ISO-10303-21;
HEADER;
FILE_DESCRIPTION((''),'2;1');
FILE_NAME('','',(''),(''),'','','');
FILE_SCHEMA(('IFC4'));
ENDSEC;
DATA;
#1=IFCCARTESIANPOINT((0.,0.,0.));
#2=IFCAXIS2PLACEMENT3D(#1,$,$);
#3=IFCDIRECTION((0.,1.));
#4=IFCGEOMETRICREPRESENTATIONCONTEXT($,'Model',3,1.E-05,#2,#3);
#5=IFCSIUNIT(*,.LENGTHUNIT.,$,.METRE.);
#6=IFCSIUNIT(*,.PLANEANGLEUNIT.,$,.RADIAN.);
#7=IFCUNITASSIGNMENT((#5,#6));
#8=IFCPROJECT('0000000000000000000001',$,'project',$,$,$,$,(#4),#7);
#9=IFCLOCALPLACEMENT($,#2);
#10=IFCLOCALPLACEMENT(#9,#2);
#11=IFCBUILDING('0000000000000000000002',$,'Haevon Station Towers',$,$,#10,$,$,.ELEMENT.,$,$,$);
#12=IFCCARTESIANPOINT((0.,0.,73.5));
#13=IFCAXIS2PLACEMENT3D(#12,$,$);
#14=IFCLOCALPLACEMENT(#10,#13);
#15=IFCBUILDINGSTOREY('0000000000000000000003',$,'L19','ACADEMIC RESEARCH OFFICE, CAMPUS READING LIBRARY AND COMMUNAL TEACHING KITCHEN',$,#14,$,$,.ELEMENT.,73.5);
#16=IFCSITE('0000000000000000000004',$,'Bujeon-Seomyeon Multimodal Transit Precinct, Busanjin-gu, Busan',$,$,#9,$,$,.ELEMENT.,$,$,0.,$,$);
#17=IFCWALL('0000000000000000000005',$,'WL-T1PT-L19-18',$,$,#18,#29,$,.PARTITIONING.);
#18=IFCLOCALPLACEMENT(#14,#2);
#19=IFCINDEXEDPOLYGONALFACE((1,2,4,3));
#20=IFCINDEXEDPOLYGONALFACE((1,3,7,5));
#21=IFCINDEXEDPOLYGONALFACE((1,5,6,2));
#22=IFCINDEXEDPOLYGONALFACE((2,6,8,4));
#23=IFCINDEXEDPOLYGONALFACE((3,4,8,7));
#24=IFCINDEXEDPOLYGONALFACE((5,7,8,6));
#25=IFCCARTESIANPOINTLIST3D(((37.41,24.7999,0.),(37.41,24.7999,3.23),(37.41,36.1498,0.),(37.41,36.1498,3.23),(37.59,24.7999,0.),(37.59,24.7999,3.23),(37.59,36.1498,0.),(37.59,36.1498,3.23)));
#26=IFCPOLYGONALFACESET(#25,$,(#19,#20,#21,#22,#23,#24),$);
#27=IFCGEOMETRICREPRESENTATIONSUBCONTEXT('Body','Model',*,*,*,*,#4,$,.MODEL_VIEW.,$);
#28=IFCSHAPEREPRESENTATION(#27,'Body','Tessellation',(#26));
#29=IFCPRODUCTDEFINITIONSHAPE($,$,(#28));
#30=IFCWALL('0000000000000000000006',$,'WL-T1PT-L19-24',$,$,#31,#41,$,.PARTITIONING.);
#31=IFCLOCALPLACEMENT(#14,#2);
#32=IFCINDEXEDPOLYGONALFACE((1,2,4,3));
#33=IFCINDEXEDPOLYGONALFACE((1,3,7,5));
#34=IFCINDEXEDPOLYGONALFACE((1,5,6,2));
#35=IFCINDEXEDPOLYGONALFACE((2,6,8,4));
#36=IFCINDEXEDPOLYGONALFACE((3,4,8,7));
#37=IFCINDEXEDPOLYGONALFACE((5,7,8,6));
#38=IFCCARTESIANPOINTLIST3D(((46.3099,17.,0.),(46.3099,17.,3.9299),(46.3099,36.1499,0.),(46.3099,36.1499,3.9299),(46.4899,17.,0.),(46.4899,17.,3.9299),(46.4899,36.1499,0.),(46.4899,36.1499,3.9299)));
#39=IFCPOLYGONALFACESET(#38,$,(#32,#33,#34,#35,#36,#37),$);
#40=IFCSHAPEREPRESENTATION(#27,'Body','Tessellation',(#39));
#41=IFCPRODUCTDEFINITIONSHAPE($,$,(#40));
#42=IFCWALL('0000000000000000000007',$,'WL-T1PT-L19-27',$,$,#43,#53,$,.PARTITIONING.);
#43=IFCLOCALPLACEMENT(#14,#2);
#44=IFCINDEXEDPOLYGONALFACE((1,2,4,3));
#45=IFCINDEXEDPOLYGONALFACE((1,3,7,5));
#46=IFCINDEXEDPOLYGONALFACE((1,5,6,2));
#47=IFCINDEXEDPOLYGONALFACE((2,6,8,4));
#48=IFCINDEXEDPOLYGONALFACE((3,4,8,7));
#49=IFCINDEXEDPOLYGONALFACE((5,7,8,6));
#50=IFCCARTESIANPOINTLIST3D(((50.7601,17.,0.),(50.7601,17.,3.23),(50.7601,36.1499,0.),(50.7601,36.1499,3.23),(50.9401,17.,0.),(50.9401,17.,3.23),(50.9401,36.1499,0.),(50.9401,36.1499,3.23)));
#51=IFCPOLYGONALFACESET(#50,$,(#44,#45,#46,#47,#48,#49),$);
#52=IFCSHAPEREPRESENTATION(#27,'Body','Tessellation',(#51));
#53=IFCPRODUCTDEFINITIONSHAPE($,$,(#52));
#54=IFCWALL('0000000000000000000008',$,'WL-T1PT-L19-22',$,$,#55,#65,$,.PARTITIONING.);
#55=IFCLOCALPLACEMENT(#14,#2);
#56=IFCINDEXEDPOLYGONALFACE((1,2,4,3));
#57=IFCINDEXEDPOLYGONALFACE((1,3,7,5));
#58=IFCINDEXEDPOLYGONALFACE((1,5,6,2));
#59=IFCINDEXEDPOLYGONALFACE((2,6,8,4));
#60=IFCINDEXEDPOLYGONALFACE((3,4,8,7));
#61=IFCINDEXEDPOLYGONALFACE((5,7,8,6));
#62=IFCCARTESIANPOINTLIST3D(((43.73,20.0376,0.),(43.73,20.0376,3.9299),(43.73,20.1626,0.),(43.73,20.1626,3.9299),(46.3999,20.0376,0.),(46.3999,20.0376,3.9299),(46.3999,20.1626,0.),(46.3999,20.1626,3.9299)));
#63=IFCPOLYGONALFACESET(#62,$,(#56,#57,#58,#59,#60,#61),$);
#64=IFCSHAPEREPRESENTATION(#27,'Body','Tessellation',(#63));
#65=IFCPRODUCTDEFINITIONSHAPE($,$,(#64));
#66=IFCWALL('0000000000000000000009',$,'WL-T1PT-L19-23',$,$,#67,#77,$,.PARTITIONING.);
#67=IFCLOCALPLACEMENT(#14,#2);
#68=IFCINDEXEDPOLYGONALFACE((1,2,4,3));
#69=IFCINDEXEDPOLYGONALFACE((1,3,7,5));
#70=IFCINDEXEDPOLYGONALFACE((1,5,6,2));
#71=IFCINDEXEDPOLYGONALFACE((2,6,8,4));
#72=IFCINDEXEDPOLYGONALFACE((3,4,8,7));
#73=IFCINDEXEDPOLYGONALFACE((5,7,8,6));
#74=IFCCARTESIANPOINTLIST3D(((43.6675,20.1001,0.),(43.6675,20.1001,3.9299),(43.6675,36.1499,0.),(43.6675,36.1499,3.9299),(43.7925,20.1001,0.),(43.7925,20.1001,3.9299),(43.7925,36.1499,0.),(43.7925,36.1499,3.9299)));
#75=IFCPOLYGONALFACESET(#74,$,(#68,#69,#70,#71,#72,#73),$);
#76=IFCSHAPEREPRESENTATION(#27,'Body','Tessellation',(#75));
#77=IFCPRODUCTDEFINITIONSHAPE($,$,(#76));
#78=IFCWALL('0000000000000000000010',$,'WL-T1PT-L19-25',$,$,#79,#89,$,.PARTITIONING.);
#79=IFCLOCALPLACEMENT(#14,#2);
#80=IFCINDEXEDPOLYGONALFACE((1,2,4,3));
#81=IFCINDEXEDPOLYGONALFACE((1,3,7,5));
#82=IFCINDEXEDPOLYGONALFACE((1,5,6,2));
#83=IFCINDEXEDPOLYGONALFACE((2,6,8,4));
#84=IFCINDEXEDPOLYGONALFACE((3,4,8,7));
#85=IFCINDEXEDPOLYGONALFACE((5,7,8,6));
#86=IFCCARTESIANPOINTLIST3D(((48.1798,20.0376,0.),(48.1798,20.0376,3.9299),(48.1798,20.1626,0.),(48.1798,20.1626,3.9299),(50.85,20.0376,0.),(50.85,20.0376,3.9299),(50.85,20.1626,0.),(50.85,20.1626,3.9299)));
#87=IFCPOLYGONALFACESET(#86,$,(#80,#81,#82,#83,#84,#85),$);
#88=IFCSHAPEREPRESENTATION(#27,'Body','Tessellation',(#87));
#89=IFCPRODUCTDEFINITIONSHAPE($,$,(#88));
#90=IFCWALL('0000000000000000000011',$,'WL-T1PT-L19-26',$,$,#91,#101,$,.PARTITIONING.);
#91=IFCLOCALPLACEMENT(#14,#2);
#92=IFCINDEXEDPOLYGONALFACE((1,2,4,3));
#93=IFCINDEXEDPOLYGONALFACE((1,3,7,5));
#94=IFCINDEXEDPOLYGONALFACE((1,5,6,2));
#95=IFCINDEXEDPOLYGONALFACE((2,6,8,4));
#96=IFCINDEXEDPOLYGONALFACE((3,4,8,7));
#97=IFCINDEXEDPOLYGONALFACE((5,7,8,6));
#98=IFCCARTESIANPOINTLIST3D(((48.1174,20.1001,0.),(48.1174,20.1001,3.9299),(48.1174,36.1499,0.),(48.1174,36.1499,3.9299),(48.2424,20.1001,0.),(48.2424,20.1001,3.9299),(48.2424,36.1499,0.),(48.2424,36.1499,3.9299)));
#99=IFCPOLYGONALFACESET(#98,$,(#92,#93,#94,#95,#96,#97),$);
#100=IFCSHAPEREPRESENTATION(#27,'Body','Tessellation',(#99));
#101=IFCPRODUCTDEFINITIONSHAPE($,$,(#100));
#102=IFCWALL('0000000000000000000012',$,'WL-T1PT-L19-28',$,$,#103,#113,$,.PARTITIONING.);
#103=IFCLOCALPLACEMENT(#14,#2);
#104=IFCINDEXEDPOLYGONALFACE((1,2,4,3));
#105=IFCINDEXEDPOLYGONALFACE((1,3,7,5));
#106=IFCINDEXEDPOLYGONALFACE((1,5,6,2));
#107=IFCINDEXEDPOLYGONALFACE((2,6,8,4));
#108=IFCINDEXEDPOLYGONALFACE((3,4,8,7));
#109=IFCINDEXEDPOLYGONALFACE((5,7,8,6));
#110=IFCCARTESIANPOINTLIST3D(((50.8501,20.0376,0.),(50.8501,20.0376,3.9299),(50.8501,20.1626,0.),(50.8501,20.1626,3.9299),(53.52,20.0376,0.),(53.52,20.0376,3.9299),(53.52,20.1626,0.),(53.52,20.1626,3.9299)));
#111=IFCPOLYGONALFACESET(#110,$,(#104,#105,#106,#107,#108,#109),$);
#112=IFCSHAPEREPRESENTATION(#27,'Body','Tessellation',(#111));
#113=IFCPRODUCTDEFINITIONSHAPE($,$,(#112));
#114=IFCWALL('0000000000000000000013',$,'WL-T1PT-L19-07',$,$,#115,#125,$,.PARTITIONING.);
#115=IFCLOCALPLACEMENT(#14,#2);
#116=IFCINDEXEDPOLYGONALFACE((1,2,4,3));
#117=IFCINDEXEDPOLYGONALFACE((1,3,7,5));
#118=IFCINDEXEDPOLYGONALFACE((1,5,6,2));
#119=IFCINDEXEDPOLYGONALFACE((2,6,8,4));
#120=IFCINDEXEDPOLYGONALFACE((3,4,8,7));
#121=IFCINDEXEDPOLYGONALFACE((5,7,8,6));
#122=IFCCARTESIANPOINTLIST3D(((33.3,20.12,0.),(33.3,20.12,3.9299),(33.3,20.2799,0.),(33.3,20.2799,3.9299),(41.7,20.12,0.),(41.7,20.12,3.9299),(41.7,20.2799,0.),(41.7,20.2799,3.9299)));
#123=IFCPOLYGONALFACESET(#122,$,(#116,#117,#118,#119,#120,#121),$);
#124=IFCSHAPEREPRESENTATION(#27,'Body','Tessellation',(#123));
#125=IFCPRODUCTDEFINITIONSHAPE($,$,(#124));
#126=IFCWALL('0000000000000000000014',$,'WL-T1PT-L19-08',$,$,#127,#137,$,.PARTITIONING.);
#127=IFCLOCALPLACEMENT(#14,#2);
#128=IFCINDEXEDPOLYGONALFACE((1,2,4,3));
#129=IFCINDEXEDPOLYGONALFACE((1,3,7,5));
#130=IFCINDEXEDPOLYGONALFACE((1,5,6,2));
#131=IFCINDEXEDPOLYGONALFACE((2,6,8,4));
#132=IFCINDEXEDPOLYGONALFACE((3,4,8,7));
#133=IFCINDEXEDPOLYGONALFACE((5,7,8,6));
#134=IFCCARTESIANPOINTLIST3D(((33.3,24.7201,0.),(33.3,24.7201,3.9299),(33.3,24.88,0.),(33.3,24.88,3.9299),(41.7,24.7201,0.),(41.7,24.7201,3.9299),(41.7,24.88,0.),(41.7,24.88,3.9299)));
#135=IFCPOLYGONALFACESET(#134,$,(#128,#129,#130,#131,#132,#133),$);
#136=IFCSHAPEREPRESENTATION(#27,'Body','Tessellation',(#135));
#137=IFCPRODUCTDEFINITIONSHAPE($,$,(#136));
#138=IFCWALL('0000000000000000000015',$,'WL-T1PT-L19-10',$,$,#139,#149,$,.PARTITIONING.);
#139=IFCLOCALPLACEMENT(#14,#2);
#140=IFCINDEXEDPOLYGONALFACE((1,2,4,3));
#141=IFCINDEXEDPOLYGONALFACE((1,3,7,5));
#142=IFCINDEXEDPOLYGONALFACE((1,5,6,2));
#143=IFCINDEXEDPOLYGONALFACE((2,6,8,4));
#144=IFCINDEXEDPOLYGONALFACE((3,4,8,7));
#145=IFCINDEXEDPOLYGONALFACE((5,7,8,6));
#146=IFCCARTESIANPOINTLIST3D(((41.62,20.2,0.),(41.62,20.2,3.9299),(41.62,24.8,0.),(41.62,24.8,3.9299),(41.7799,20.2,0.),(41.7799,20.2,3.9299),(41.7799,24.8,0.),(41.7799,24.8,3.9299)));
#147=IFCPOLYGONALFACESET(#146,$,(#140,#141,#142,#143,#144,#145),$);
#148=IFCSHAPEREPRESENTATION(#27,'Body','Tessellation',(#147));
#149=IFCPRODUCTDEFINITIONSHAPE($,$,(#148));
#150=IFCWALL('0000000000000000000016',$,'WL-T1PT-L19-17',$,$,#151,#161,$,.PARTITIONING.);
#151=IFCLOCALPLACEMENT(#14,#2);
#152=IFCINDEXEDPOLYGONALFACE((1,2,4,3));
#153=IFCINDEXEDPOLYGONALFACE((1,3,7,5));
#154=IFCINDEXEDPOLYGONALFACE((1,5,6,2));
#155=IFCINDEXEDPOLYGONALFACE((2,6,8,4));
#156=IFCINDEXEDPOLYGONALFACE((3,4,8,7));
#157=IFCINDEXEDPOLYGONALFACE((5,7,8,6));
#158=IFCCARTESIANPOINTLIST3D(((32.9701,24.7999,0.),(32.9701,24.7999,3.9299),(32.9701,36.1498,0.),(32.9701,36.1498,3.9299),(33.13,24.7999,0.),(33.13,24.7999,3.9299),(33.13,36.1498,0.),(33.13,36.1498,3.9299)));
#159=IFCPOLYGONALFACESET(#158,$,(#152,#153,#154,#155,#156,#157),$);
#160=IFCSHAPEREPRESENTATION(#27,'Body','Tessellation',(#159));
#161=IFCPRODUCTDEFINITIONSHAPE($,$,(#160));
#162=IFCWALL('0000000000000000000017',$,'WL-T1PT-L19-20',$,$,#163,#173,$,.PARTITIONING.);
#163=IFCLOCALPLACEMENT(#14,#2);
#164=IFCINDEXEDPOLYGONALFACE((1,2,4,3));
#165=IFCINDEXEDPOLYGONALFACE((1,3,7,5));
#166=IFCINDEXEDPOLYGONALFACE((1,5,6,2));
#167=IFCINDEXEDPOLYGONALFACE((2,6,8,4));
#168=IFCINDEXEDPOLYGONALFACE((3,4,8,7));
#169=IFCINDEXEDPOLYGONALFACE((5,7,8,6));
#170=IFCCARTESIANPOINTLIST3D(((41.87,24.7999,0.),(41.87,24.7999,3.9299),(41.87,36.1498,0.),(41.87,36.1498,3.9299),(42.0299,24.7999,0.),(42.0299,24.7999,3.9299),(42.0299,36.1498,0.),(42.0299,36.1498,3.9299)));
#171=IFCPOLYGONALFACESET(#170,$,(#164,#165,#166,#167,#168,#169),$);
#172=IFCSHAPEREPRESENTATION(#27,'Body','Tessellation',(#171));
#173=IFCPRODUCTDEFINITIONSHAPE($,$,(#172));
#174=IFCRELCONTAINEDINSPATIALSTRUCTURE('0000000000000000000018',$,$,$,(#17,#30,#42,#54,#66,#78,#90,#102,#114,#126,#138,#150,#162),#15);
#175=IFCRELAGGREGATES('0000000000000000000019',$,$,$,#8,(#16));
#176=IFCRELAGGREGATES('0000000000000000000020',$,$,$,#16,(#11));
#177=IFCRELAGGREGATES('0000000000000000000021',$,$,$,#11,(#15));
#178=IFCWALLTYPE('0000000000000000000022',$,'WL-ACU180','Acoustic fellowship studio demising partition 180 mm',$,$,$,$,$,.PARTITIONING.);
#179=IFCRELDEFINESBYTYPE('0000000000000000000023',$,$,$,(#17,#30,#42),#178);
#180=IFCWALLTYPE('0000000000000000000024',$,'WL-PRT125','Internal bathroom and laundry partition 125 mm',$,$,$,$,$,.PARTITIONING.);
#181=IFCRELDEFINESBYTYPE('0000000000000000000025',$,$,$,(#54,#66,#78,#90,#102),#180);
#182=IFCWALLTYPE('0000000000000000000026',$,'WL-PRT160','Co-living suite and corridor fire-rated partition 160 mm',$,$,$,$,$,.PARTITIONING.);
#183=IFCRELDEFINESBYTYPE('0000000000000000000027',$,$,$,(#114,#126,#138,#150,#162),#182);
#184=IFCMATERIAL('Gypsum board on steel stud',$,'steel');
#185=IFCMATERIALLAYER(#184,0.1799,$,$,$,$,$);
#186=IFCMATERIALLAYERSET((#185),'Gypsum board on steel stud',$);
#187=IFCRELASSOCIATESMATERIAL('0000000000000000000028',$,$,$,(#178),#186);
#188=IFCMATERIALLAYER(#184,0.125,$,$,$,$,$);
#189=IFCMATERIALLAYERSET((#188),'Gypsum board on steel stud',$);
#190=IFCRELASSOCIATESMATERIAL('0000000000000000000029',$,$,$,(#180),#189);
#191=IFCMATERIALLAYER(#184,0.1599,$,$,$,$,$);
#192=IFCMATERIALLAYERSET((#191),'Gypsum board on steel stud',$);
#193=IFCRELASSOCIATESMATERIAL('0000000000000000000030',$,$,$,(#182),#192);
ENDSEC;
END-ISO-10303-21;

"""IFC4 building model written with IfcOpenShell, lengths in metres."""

from ifc_helpers import new_model, si_unit, direction, frame, frame_2d, origin, place, context, subcontext, project, spatial, rectangle, extrude, material, layer, layer_set, type_object, element, save


model = new_model("IFC4")

# Units and contexts
model_context = context("Model", 3, precision=1e-05, world=origin(), true_north=direction((0.0, 1.0)))
body_context = subcontext(model_context, "Body", "Model", "MODEL_VIEW")
ifc_project = project(units=[si_unit("LENGTHUNIT", "METRE"), si_unit("PLANEANGLEUNIT", "RADIAN")], contexts=[model_context])

# Site, building, storey
site_placement = place(None, origin())
site = spatial("IfcSite", under=ifc_project, at=site_placement, Name="Bujeon-Seomyeon Multimodal Transit Precinct, Busanjin-gu, Busan", CompositionType="ELEMENT", RefElevation=0.0)
building_placement = place(site_placement, origin())
building = spatial("IfcBuilding", under=site, at=building_placement, Name="Haevon Station Towers", CompositionType="ELEMENT")
storey_placement = place(building_placement, frame((0.0, 0.0, 73.5)))
storey = spatial("IfcBuildingStorey", under=building, at=storey_placement, Name="L19", Description="ACADEMIC RESEARCH OFFICE, CAMPUS READING LIBRARY AND COMMUNAL TEACHING KITCHEN", CompositionType="ELEMENT", Elevation=73.5)

# Walls
ifc_material_1 = material(Name="Gypsum board on steel stud", Category="steel")
ifc_layer_1 = layer(ifc_material_1, 0.1799)
ifc_layer_set_1 = layer_set([ifc_layer_1], Name="Gypsum board on steel stud")
wall_type_1 = type_object("IfcWallType", Name="WL-ACU180", Description="Acoustic fellowship studio demising partition 180 mm", PredefinedType="PARTITIONING", material=ifc_layer_set_1)
wall_1_placement = place(storey_placement, frame((37.5, 24.8, 0.0), z_axis=(0.0, 0.0, 1.0), x_axis=(0.0, 1.0, 0.0)))
element("IfcWall", 1, at=wall_1_placement, inside=storey, type_object=wall_type_1, Name="WL-T1PT-L19-18", PredefinedType="PARTITIONING", context=body_context, shape_type="SweptSolid", body=[
    extrude(rectangle(XDim=11.3499, YDim=0.1799, at=frame_2d((5.6748, 0.0))), origin(), (0.0, 0.0, 1.0), 3.23),
])
wall_2_placement = place(storey_placement, frame((46.3999, 17.0, 0.0), z_axis=(0.0, 0.0, 1.0), x_axis=(0.0, 1.0, 0.0)))
element("IfcWall", 2, at=wall_2_placement, inside=storey, type_object=wall_type_1, Name="WL-T1PT-L19-24", PredefinedType="PARTITIONING", context=body_context, shape_type="SweptSolid", body=[
    extrude(rectangle(XDim=19.1499, YDim=0.1799, at=frame_2d((9.575, 0.0))), origin(), (0.0, 0.0, 1.0), 3.9299),
])
wall_3_placement = place(storey_placement, frame((50.8501, 17.0, 0.0), z_axis=(0.0, 0.0, 1.0), x_axis=(0.0, 1.0, 0.0)))
element("IfcWall", 3, at=wall_3_placement, inside=storey, type_object=wall_type_1, Name="WL-T1PT-L19-27", PredefinedType="PARTITIONING", context=body_context, shape_type="SweptSolid", body=[
    extrude(rectangle(XDim=19.1499, YDim=0.1799, at=frame_2d((9.575, 0.0))), origin(), (0.0, 0.0, 1.0), 3.23),
])
ifc_layer_2 = layer(ifc_material_1, 0.125)
ifc_layer_set_2 = layer_set([ifc_layer_2], Name="Gypsum board on steel stud")
wall_type_2 = type_object("IfcWallType", Name="WL-PRT125", Description="Internal bathroom and laundry partition 125 mm", PredefinedType="PARTITIONING", material=ifc_layer_set_2)
wall_4_placement = place(storey_placement, frame((43.73, 20.1001, 0.0), z_axis=(0.0, 0.0, 1.0), x_axis=(1.0, 0.0, 0.0)))
element("IfcWall", 4, at=wall_4_placement, inside=storey, type_object=wall_type_2, Name="WL-T1PT-L19-22", PredefinedType="PARTITIONING", context=body_context, shape_type="SweptSolid", body=[
    extrude(rectangle(XDim=2.6699, YDim=0.125, at=frame_2d((1.335, 0.0))), origin(), (0.0, 0.0, 1.0), 3.9299),
])
wall_5_placement = place(storey_placement, frame((43.73, 20.1001, 0.0), z_axis=(0.0, 0.0, 1.0), x_axis=(0.0, 1.0, 0.0)))
element("IfcWall", 5, at=wall_5_placement, inside=storey, type_object=wall_type_2, Name="WL-T1PT-L19-23", PredefinedType="PARTITIONING", context=body_context, shape_type="SweptSolid", body=[
    extrude(rectangle(XDim=16.0498, YDim=0.125, at=frame_2d((8.0249, 0.0))), origin(), (0.0, 0.0, 1.0), 3.9299),
])
wall_6_placement = place(storey_placement, frame((48.1799, 20.1001, 0.0), z_axis=(0.0, 0.0, 1.0), x_axis=(1.0, 0.0, 0.0)))
element("IfcWall", 6, at=wall_6_placement, inside=storey, type_object=wall_type_2, Name="WL-T1PT-L19-25", PredefinedType="PARTITIONING", context=body_context, shape_type="SweptSolid", body=[
    extrude(rectangle(XDim=2.6702, YDim=0.125, at=frame_2d((1.335, 0.0))), origin(), (0.0, 0.0, 1.0), 3.9299),
])
wall_7_placement = place(storey_placement, frame((48.1799, 20.1001, 0.0), z_axis=(0.0, 0.0, 1.0), x_axis=(0.0, 1.0, 0.0)))
element("IfcWall", 7, at=wall_7_placement, inside=storey, type_object=wall_type_2, Name="WL-T1PT-L19-26", PredefinedType="PARTITIONING", context=body_context, shape_type="SweptSolid", body=[
    extrude(rectangle(XDim=16.0498, YDim=0.125, at=frame_2d((8.0249, 0.0))), origin(), (0.0, 0.0, 1.0), 3.9299),
])
wall_8_placement = place(storey_placement, frame((50.8501, 20.1001, 0.0), z_axis=(0.0, 0.0, 1.0), x_axis=(1.0, 0.0, 0.0)))
element("IfcWall", 8, at=wall_8_placement, inside=storey, type_object=wall_type_2, Name="WL-T1PT-L19-28", PredefinedType="PARTITIONING", context=body_context, shape_type="SweptSolid", body=[
    extrude(rectangle(XDim=2.6699, YDim=0.125, at=frame_2d((1.335, 0.0))), origin(), (0.0, 0.0, 1.0), 3.9299),
])
ifc_layer_3 = layer(ifc_material_1, 0.1599)
ifc_layer_set_3 = layer_set([ifc_layer_3], Name="Gypsum board on steel stud")
wall_type_3 = type_object("IfcWallType", Name="WL-PRT160", Description="Co-living suite and corridor fire-rated partition 160 mm", PredefinedType="PARTITIONING", material=ifc_layer_set_3)
for number, where, z_axis, x_axis, name in (
    (9, (33.3, 20.2, 0.0), (0.0, 0.0, 1.0), (1.0, 0.0, 0.0), "WL-T1PT-L19-07"),
    (10, (33.3, 24.8, 0.0), (0.0, 0.0, 1.0), (1.0, 0.0, 0.0), "WL-T1PT-L19-08"),
):
    element("IfcWall", number, at=place(storey_placement, frame(where, z_axis=z_axis, x_axis=x_axis)), inside=storey, type_object=wall_type_3, Name=name, PredefinedType="PARTITIONING", context=body_context, shape_type="SweptSolid", body=[
        extrude(rectangle(XDim=8.3999, YDim=0.1599, at=frame_2d((4.2, 0.0))), origin(), (0.0, 0.0, 1.0), 3.9299),
    ])
wall_9_placement = place(storey_placement, frame((41.7, 20.2, 0.0), z_axis=(0.0, 0.0, 1.0), x_axis=(0.0, 1.0, 0.0)))
element("IfcWall", 11, at=wall_9_placement, inside=storey, type_object=wall_type_3, Name="WL-T1PT-L19-10", PredefinedType="PARTITIONING", context=body_context, shape_type="SweptSolid", body=[
    extrude(rectangle(XDim=4.6001, YDim=0.1599, at=frame_2d((2.3, 0.0))), origin(), (0.0, 0.0, 1.0), 3.9299),
])
for number, where, z_axis, x_axis, name in (
    (12, (33.05, 24.8, 0.0), (0.0, 0.0, 1.0), (0.0, 1.0, 0.0), "WL-T1PT-L19-17"),
    (13, (41.95, 24.8, 0.0), (0.0, 0.0, 1.0), (0.0, 1.0, 0.0), "WL-T1PT-L19-20"),
):
    element("IfcWall", number, at=place(storey_placement, frame(where, z_axis=z_axis, x_axis=x_axis)), inside=storey, type_object=wall_type_3, Name=name, PredefinedType="PARTITIONING", context=body_context, shape_type="SweptSolid", body=[
        extrude(rectangle(XDim=11.3499, YDim=0.1599, at=frame_2d((5.6748, 0.0))), origin(), (0.0, 0.0, 1.0), 3.9299),
    ])

save(model, "model.ifc")
